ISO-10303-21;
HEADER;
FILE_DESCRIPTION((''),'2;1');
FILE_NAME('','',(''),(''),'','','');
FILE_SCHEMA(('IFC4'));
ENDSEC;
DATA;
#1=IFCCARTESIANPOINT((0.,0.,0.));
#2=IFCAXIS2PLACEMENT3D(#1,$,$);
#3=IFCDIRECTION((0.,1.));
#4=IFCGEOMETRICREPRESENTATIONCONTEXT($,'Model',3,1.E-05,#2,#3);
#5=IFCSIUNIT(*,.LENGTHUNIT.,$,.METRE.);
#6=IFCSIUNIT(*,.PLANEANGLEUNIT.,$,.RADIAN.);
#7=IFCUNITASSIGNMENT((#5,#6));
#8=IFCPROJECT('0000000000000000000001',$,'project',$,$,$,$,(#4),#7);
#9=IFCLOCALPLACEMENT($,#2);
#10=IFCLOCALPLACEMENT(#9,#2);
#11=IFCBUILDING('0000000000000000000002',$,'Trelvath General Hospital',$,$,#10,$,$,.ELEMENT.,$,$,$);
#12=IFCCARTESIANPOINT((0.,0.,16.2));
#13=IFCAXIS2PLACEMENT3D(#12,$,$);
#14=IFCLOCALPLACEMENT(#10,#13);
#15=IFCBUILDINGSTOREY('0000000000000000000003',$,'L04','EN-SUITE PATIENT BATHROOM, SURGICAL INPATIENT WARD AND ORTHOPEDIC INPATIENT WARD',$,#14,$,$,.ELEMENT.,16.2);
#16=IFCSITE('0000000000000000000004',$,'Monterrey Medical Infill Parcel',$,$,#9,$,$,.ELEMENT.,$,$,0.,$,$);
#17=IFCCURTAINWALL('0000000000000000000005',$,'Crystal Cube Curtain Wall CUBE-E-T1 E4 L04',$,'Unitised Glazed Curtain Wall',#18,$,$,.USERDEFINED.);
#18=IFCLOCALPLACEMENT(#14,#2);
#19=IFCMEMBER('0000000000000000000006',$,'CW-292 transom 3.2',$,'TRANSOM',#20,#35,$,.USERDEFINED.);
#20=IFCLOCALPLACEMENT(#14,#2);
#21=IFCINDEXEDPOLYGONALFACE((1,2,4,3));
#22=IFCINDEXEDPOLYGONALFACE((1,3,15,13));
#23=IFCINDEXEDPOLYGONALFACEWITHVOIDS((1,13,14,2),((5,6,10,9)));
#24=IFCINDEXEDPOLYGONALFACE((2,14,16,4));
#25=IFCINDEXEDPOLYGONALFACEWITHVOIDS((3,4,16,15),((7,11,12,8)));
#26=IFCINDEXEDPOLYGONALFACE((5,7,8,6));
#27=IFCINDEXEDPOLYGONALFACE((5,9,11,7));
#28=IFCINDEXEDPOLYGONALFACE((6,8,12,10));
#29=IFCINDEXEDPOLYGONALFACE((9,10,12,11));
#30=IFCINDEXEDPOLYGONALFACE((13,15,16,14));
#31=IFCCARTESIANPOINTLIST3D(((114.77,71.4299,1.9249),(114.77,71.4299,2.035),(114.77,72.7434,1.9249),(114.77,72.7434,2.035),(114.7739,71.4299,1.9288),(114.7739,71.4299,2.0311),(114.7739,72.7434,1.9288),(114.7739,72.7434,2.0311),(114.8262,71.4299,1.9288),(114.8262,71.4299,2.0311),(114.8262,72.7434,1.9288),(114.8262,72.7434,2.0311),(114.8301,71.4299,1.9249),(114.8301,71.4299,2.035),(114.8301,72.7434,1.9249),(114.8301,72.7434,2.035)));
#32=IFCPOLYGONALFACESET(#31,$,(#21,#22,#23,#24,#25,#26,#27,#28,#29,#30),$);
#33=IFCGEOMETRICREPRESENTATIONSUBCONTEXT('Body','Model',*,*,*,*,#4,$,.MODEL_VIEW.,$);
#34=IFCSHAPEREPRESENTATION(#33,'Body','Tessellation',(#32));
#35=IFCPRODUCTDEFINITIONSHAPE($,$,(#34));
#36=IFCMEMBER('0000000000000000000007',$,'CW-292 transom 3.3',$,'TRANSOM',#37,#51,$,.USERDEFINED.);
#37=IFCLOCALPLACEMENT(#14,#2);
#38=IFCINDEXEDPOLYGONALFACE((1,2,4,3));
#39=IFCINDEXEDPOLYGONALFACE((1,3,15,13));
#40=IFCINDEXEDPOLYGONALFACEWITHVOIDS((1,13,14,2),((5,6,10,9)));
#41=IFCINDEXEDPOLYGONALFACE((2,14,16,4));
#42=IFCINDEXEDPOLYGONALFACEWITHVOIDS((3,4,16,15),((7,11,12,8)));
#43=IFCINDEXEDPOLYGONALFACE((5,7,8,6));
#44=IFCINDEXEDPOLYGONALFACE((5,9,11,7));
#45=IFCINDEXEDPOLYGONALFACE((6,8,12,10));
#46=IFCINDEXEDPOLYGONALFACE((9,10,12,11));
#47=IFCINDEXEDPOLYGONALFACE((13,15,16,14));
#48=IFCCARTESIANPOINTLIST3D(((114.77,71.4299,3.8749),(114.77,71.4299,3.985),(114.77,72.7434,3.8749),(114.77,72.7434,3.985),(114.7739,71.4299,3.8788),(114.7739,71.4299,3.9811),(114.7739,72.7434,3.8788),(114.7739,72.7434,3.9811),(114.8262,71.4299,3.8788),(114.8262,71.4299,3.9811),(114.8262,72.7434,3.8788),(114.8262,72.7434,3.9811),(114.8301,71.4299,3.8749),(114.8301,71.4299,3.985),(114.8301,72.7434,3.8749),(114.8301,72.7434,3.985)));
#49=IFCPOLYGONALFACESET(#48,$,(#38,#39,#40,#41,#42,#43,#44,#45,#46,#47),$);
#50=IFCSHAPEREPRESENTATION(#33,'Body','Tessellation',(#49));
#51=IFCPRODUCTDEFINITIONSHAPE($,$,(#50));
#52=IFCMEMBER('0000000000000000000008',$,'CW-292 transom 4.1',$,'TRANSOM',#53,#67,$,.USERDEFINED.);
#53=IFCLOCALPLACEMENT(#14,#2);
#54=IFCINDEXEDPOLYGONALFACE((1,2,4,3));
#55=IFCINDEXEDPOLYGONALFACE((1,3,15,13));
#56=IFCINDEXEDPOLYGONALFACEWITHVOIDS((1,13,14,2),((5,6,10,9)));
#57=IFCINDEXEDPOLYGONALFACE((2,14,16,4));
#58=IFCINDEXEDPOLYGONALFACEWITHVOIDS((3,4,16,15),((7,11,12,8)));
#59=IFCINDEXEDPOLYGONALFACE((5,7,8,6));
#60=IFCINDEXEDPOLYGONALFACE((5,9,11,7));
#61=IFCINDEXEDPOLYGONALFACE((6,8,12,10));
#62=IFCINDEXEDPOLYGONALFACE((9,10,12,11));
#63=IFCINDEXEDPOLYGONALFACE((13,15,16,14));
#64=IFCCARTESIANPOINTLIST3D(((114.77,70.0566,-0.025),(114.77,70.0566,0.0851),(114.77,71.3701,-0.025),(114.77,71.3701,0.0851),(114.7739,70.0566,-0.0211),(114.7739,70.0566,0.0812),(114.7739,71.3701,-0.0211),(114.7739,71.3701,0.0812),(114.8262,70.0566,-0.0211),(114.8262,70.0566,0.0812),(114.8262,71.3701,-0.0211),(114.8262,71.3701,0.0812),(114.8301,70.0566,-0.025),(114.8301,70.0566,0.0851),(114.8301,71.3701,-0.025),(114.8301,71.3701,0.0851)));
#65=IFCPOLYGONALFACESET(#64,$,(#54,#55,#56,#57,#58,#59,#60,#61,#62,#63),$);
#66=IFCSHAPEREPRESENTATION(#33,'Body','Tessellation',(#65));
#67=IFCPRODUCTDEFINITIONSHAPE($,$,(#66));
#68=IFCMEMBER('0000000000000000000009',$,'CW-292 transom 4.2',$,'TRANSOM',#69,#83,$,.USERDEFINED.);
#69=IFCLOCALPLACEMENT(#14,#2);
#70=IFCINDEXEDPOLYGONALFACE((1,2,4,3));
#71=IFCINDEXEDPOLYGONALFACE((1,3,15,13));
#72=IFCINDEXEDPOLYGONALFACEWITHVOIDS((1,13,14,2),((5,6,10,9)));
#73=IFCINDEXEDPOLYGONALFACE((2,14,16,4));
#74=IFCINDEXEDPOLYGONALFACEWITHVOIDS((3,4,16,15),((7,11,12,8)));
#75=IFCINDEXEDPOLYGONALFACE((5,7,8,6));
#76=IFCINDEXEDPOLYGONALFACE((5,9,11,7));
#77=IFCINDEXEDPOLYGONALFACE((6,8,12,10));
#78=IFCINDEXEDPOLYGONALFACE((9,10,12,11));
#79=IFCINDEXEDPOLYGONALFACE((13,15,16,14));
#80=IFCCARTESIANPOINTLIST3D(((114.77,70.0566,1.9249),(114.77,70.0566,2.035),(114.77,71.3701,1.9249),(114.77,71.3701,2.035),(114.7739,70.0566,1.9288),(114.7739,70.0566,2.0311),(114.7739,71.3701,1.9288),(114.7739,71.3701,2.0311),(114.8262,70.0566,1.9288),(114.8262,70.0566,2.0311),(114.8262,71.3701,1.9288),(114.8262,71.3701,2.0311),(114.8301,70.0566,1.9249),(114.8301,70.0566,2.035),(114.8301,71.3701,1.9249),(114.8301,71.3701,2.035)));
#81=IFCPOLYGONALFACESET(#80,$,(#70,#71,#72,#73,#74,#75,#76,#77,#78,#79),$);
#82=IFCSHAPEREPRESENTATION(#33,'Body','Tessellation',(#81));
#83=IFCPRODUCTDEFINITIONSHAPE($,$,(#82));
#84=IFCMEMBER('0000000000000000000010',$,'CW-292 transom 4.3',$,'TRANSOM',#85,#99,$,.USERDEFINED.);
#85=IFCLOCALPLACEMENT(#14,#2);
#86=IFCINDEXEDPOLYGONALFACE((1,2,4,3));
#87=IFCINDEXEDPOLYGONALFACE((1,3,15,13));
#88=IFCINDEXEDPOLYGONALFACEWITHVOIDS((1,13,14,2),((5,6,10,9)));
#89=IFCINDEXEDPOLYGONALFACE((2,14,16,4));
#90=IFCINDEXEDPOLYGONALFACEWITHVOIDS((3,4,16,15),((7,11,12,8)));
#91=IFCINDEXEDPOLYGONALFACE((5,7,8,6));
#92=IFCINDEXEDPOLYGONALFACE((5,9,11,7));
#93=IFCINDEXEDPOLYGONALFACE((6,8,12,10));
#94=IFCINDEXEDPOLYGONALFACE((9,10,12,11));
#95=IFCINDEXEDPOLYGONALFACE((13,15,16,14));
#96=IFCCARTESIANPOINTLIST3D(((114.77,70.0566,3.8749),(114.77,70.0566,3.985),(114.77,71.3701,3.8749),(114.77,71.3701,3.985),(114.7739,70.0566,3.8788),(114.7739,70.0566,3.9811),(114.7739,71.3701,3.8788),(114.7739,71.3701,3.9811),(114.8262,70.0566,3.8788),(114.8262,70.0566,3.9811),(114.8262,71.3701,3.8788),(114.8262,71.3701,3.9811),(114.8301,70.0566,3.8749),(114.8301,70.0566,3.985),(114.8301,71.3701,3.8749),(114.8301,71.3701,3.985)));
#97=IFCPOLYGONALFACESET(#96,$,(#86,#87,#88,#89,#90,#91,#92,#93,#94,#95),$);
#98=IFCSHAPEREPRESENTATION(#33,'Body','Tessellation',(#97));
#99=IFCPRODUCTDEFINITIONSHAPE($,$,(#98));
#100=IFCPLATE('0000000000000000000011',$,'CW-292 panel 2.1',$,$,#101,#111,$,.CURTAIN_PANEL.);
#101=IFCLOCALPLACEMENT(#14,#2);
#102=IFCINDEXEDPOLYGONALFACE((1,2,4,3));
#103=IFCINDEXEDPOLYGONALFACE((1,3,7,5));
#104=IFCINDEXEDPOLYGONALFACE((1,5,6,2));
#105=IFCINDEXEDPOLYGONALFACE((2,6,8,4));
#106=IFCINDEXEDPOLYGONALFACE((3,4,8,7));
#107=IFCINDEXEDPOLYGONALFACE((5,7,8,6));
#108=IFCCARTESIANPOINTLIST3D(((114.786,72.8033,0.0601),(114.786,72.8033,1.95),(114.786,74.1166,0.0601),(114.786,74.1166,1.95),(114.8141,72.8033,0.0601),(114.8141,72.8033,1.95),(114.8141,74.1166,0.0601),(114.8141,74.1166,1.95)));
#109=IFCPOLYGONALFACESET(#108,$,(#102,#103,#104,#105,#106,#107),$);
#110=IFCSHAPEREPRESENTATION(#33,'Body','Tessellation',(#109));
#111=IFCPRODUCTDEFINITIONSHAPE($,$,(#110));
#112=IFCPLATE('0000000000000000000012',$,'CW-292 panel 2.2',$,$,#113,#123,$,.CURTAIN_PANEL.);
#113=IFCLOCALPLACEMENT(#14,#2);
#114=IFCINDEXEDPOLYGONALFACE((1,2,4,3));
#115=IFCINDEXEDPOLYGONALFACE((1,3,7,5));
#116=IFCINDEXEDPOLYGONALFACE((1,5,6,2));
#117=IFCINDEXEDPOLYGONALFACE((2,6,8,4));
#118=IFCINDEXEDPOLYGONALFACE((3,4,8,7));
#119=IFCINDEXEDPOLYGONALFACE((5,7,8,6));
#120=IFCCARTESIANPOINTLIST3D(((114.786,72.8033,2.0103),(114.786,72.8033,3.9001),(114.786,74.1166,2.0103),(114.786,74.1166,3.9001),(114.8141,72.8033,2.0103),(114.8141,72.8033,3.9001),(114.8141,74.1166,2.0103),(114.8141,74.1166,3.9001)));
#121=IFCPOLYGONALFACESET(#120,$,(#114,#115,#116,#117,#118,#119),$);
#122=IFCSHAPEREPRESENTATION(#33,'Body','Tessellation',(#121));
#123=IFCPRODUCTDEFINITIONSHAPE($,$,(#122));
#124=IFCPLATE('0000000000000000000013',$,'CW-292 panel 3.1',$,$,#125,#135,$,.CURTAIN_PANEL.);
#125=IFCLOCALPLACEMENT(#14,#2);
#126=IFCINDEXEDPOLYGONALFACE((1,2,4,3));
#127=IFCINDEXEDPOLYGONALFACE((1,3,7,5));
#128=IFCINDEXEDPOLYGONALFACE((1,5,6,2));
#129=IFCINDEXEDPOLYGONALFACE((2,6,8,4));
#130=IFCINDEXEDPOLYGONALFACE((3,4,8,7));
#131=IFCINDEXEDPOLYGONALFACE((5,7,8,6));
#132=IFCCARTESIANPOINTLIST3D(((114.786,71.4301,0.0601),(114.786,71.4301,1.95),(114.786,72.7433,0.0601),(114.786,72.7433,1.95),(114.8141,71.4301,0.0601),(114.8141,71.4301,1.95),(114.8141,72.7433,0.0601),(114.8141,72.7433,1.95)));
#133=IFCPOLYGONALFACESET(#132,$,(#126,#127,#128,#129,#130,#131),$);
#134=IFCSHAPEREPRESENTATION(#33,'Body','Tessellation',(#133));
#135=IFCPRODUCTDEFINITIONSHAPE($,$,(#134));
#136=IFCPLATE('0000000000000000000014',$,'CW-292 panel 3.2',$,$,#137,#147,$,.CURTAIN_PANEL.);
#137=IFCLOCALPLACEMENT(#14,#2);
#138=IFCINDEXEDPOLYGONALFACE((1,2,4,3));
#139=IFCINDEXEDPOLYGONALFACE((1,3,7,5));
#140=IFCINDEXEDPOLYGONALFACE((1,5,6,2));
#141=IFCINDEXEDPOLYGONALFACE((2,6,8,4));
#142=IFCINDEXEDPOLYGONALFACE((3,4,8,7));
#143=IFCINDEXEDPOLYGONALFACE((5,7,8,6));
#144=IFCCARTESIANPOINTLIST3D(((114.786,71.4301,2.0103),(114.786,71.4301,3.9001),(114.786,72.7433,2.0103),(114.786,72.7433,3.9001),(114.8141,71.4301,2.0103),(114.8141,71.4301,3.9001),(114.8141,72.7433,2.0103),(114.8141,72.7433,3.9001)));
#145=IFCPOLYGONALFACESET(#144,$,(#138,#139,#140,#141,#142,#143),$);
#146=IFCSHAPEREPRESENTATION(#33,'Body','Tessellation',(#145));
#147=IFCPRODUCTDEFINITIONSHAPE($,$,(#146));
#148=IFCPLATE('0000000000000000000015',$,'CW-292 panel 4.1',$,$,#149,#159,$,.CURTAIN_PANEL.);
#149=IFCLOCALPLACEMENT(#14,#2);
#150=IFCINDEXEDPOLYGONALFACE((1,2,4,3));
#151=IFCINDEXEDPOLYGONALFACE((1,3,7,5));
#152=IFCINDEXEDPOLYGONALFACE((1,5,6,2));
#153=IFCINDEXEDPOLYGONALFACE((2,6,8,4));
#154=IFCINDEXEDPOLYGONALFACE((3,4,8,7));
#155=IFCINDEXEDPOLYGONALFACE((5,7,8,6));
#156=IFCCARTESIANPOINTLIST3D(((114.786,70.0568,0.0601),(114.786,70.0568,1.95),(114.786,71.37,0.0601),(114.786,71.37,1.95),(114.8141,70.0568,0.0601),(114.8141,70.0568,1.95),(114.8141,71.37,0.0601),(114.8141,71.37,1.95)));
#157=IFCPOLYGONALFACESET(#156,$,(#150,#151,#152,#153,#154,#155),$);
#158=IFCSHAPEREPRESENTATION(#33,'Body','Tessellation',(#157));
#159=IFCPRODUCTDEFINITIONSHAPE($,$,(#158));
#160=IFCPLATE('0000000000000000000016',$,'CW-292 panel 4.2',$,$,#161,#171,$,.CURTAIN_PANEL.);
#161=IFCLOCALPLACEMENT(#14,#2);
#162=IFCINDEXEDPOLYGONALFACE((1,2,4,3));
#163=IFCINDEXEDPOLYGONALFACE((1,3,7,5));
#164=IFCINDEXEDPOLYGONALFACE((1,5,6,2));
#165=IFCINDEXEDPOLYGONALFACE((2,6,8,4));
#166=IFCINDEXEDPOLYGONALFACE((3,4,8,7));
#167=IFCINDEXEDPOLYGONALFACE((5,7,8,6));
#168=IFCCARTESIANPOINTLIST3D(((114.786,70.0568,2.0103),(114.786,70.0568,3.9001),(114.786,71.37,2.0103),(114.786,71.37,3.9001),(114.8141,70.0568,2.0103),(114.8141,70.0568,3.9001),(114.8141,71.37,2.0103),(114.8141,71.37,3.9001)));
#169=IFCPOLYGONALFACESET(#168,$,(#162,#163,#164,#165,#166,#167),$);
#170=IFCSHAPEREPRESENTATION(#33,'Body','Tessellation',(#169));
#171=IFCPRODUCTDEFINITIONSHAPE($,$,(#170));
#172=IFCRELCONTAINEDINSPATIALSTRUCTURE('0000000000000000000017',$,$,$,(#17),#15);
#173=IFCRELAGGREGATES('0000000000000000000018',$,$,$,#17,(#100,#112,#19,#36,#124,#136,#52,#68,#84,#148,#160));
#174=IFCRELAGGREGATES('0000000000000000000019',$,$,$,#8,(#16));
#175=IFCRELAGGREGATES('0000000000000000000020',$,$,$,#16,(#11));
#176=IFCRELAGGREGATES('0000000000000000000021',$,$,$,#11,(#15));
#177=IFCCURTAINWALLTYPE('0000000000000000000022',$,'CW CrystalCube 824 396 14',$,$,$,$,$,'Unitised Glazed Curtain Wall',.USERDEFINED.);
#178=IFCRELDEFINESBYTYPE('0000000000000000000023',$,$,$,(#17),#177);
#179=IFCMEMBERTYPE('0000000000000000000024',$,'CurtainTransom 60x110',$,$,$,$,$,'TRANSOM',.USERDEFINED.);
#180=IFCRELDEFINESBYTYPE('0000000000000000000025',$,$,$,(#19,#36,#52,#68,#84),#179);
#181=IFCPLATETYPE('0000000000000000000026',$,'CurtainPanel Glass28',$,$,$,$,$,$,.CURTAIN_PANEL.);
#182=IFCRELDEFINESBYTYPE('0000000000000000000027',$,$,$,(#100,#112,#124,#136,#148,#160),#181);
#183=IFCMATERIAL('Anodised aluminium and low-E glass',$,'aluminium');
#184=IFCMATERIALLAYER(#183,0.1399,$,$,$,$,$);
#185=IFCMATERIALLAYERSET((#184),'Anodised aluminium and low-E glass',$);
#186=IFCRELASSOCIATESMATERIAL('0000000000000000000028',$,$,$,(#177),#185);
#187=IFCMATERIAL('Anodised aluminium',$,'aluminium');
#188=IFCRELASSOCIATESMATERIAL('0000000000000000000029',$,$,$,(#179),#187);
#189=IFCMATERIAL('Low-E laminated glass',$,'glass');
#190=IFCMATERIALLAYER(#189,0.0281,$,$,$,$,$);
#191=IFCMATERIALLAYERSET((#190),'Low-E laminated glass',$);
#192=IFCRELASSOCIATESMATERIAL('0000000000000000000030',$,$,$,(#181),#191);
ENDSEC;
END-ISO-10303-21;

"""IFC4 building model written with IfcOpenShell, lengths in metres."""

from ifc_helpers import new_model, si_unit, direction, frame, origin, origin_2d, place, context, subcontext, project, spatial, rectangle, hollow_rectangle, extrude, material, layer, layer_set, material_profile, profile_set, type_object, element, aggregate, save


model = new_model("IFC4")

# Units and contexts
model_context = context("Model", 3, precision=1e-05, world=origin(), true_north=direction((0.0, 1.0)))
body_context = subcontext(model_context, "Body", "Model", "MODEL_VIEW")
ifc_project = project(units=[si_unit("LENGTHUNIT", "METRE"), si_unit("PLANEANGLEUNIT", "RADIAN")], contexts=[model_context])

# Site, building, storey
site_placement = place(None, origin())
site = spatial("IfcSite", under=ifc_project, at=site_placement, Name="Monterrey Medical Infill Parcel", CompositionType="ELEMENT", RefElevation=0.0)
building_placement = place(site_placement, origin())
building = spatial("IfcBuilding", under=site, at=building_placement, Name="Trelvath General Hospital", CompositionType="ELEMENT")
storey_placement = place(building_placement, frame((0.0, 0.0, 16.2)))
storey = spatial("IfcBuildingStorey", under=building, at=storey_placement, Name="L04", Description="EN-SUITE PATIENT BATHROOM, SURGICAL INPATIENT WARD AND ORTHOPEDIC INPATIENT WARD", CompositionType="ELEMENT", Elevation=16.2)

# Curtain wall, members, plates
ifc_material_1 = material(Name="Anodised aluminium and low-E glass", Category="aluminium")
ifc_layer_1 = layer(ifc_material_1, 0.1399)
ifc_layer_set_1 = layer_set([ifc_layer_1], Name="Anodised aluminium and low-E glass")
curtain_wall_type = type_object("IfcCurtainWallType", Name="CW CrystalCube 824 396 14", ElementType="Unitised Glazed Curtain Wall", PredefinedType="USERDEFINED", material=ifc_layer_set_1)
curtain_wall_placement = place(storey_placement, origin())
curtain_wall = element("IfcCurtainWall", 1, at=curtain_wall_placement, inside=storey, type_object=curtain_wall_type, Name="Crystal Cube Curtain Wall CUBE-E-T1 E4 L04", ObjectType="Unitised Glazed Curtain Wall", PredefinedType="USERDEFINED")
ifc_material_2 = material(Name="Anodised aluminium", Category="aluminium")
ifc_material_profile_1 = material_profile(ifc_material_2, hollow_rectangle(XDim=0.0601, YDim=0.1101, WallThickness=0.0039, at=origin_2d()), Name="RHS60x110x4")
ifc_profile_set_1 = profile_set([ifc_material_profile_1], Name="Anodised aluminium")
member_type_1 = type_object("IfcMemberType", Name="CurtainTransom 60x110", ElementType="TRANSOM", PredefinedType="USERDEFINED", material=ifc_profile_set_1)
member_1_placement = place(storey_placement, frame((114.8, 72.7434, 1.98), z_axis=(0.0, -1.0, 0.0), x_axis=(1.0, 0.0, 0.0)))
member_1 = element("IfcMember", 2, at=member_1_placement, type_object=member_type_1, Name="CW-292 transom 3.2", ObjectType="TRANSOM", PredefinedType="USERDEFINED", context=body_context, shape_type="SweptSolid", body=[
    extrude(hollow_rectangle(XDim=0.0601, YDim=0.1101, WallThickness=0.0039, at=origin_2d()), origin(), (0.0, 0.0, 1.0), 1.3135),
])
member_2_placement = place(storey_placement, frame((114.8, 72.7434, 3.9299), z_axis=(0.0, -1.0, 0.0), x_axis=(1.0, 0.0, 0.0)))
member_2 = element("IfcMember", 3, at=member_2_placement, type_object=member_type_1, Name="CW-292 transom 3.3", ObjectType="TRANSOM", PredefinedType="USERDEFINED", context=body_context, shape_type="SweptSolid", body=[
    extrude(hollow_rectangle(XDim=0.0601, YDim=0.1101, WallThickness=0.0039, at=origin_2d()), origin(), (0.0, 0.0, 1.0), 1.3135),
])
member_3_placement = place(storey_placement, frame((114.8, 71.3701, 0.03), z_axis=(0.0, -1.0, 0.0), x_axis=(1.0, 0.0, 0.0)))
member_3 = element("IfcMember", 4, at=member_3_placement, type_object=member_type_1, Name="CW-292 transom 4.1", ObjectType="TRANSOM", PredefinedType="USERDEFINED", context=body_context, shape_type="SweptSolid", body=[
    extrude(hollow_rectangle(XDim=0.0601, YDim=0.1101, WallThickness=0.0039, at=origin_2d()), origin(), (0.0, 0.0, 1.0), 1.3135),
])
member_4_placement = place(storey_placement, frame((114.8, 71.3701, 1.98), z_axis=(0.0, -1.0, 0.0), x_axis=(1.0, 0.0, 0.0)))
member_4 = element("IfcMember", 5, at=member_4_placement, type_object=member_type_1, Name="CW-292 transom 4.2", ObjectType="TRANSOM", PredefinedType="USERDEFINED", context=body_context, shape_type="SweptSolid", body=[
    extrude(hollow_rectangle(XDim=0.0601, YDim=0.1101, WallThickness=0.0039, at=origin_2d()), origin(), (0.0, 0.0, 1.0), 1.3135),
])
member_5_placement = place(storey_placement, frame((114.8, 71.3701, 3.9299), z_axis=(0.0, -1.0, 0.0), x_axis=(1.0, 0.0, 0.0)))
member_5 = element("IfcMember", 6, at=member_5_placement, type_object=member_type_1, Name="CW-292 transom 4.3", ObjectType="TRANSOM", PredefinedType="USERDEFINED", context=body_context, shape_type="SweptSolid", body=[
    extrude(hollow_rectangle(XDim=0.0601, YDim=0.1101, WallThickness=0.0039, at=origin_2d()), origin(), (0.0, 0.0, 1.0), 1.3135),
])
ifc_material_3 = material(Name="Low-E laminated glass", Category="glass")
ifc_layer_2 = layer(ifc_material_3, 0.0281)
ifc_layer_set_2 = layer_set([ifc_layer_2], Name="Low-E laminated glass")
plate_type = type_object("IfcPlateType", Name="CurtainPanel Glass28", PredefinedType="CURTAIN_PANEL", material=ifc_layer_set_2)
plate_1_placement = place(storey_placement, frame((114.8, 73.46, 0.0601), z_axis=(0.0, 0.0, 1.0), x_axis=(0.0, -1.0, 0.0)))
plate_1 = element("IfcPlate", 7, at=plate_1_placement, type_object=plate_type, Name="CW-292 panel 2.1", PredefinedType="CURTAIN_PANEL", context=body_context, shape_type="SweptSolid", body=[
    extrude(rectangle(XDim=1.3132, YDim=0.0281, at=origin_2d()), origin(), (0.0, 0.0, 1.0), 1.8899),
])
plate_2_placement = place(storey_placement, frame((114.8, 73.46, 2.0103), z_axis=(0.0, 0.0, 1.0), x_axis=(0.0, -1.0, 0.0)))
plate_2 = element("IfcPlate", 8, at=plate_2_placement, type_object=plate_type, Name="CW-292 panel 2.2", PredefinedType="CURTAIN_PANEL", context=body_context, shape_type="SweptSolid", body=[
    extrude(rectangle(XDim=1.3132, YDim=0.0281, at=origin_2d()), origin(), (0.0, 0.0, 1.0), 1.8899),
])
plate_3_placement = place(storey_placement, frame((114.8, 72.0867, 0.0601), z_axis=(0.0, 0.0, 1.0), x_axis=(0.0, -1.0, 0.0)))
plate_3 = element("IfcPlate", 9, at=plate_3_placement, type_object=plate_type, Name="CW-292 panel 3.1", PredefinedType="CURTAIN_PANEL", context=body_context, shape_type="SweptSolid", body=[
    extrude(rectangle(XDim=1.3132, YDim=0.0281, at=origin_2d()), origin(), (0.0, 0.0, 1.0), 1.8899),
])
plate_4_placement = place(storey_placement, frame((114.8, 72.0867, 2.0103), z_axis=(0.0, 0.0, 1.0), x_axis=(0.0, -1.0, 0.0)))
plate_4 = element("IfcPlate", 10, at=plate_4_placement, type_object=plate_type, Name="CW-292 panel 3.2", PredefinedType="CURTAIN_PANEL", context=body_context, shape_type="SweptSolid", body=[
    extrude(rectangle(XDim=1.3132, YDim=0.0281, at=origin_2d()), origin(), (0.0, 0.0, 1.0), 1.8899),
])
plate_5_placement = place(storey_placement, frame((114.8, 70.7134, 0.0601), z_axis=(0.0, 0.0, 1.0), x_axis=(0.0, -1.0, 0.0)))
plate_5 = element("IfcPlate", 11, at=plate_5_placement, type_object=plate_type, Name="CW-292 panel 4.1", PredefinedType="CURTAIN_PANEL", context=body_context, shape_type="SweptSolid", body=[
    extrude(rectangle(XDim=1.3132, YDim=0.0281, at=origin_2d()), origin(), (0.0, 0.0, 1.0), 1.8899),
])
plate_6_placement = place(storey_placement, frame((114.8, 70.7134, 2.0103), z_axis=(0.0, 0.0, 1.0), x_axis=(0.0, -1.0, 0.0)))
plate_6 = element("IfcPlate", 12, at=plate_6_placement, type_object=plate_type, Name="CW-292 panel 4.2", PredefinedType="CURTAIN_PANEL", context=body_context, shape_type="SweptSolid", body=[
    extrude(rectangle(XDim=1.3132, YDim=0.0281, at=origin_2d()), origin(), (0.0, 0.0, 1.0), 1.8899),
])
aggregate(curtain_wall, [plate_1, plate_2, member_1, member_2, plate_3, plate_4, member_3, member_4, member_5, plate_5, plate_6])

save(model, "model.ifc")
